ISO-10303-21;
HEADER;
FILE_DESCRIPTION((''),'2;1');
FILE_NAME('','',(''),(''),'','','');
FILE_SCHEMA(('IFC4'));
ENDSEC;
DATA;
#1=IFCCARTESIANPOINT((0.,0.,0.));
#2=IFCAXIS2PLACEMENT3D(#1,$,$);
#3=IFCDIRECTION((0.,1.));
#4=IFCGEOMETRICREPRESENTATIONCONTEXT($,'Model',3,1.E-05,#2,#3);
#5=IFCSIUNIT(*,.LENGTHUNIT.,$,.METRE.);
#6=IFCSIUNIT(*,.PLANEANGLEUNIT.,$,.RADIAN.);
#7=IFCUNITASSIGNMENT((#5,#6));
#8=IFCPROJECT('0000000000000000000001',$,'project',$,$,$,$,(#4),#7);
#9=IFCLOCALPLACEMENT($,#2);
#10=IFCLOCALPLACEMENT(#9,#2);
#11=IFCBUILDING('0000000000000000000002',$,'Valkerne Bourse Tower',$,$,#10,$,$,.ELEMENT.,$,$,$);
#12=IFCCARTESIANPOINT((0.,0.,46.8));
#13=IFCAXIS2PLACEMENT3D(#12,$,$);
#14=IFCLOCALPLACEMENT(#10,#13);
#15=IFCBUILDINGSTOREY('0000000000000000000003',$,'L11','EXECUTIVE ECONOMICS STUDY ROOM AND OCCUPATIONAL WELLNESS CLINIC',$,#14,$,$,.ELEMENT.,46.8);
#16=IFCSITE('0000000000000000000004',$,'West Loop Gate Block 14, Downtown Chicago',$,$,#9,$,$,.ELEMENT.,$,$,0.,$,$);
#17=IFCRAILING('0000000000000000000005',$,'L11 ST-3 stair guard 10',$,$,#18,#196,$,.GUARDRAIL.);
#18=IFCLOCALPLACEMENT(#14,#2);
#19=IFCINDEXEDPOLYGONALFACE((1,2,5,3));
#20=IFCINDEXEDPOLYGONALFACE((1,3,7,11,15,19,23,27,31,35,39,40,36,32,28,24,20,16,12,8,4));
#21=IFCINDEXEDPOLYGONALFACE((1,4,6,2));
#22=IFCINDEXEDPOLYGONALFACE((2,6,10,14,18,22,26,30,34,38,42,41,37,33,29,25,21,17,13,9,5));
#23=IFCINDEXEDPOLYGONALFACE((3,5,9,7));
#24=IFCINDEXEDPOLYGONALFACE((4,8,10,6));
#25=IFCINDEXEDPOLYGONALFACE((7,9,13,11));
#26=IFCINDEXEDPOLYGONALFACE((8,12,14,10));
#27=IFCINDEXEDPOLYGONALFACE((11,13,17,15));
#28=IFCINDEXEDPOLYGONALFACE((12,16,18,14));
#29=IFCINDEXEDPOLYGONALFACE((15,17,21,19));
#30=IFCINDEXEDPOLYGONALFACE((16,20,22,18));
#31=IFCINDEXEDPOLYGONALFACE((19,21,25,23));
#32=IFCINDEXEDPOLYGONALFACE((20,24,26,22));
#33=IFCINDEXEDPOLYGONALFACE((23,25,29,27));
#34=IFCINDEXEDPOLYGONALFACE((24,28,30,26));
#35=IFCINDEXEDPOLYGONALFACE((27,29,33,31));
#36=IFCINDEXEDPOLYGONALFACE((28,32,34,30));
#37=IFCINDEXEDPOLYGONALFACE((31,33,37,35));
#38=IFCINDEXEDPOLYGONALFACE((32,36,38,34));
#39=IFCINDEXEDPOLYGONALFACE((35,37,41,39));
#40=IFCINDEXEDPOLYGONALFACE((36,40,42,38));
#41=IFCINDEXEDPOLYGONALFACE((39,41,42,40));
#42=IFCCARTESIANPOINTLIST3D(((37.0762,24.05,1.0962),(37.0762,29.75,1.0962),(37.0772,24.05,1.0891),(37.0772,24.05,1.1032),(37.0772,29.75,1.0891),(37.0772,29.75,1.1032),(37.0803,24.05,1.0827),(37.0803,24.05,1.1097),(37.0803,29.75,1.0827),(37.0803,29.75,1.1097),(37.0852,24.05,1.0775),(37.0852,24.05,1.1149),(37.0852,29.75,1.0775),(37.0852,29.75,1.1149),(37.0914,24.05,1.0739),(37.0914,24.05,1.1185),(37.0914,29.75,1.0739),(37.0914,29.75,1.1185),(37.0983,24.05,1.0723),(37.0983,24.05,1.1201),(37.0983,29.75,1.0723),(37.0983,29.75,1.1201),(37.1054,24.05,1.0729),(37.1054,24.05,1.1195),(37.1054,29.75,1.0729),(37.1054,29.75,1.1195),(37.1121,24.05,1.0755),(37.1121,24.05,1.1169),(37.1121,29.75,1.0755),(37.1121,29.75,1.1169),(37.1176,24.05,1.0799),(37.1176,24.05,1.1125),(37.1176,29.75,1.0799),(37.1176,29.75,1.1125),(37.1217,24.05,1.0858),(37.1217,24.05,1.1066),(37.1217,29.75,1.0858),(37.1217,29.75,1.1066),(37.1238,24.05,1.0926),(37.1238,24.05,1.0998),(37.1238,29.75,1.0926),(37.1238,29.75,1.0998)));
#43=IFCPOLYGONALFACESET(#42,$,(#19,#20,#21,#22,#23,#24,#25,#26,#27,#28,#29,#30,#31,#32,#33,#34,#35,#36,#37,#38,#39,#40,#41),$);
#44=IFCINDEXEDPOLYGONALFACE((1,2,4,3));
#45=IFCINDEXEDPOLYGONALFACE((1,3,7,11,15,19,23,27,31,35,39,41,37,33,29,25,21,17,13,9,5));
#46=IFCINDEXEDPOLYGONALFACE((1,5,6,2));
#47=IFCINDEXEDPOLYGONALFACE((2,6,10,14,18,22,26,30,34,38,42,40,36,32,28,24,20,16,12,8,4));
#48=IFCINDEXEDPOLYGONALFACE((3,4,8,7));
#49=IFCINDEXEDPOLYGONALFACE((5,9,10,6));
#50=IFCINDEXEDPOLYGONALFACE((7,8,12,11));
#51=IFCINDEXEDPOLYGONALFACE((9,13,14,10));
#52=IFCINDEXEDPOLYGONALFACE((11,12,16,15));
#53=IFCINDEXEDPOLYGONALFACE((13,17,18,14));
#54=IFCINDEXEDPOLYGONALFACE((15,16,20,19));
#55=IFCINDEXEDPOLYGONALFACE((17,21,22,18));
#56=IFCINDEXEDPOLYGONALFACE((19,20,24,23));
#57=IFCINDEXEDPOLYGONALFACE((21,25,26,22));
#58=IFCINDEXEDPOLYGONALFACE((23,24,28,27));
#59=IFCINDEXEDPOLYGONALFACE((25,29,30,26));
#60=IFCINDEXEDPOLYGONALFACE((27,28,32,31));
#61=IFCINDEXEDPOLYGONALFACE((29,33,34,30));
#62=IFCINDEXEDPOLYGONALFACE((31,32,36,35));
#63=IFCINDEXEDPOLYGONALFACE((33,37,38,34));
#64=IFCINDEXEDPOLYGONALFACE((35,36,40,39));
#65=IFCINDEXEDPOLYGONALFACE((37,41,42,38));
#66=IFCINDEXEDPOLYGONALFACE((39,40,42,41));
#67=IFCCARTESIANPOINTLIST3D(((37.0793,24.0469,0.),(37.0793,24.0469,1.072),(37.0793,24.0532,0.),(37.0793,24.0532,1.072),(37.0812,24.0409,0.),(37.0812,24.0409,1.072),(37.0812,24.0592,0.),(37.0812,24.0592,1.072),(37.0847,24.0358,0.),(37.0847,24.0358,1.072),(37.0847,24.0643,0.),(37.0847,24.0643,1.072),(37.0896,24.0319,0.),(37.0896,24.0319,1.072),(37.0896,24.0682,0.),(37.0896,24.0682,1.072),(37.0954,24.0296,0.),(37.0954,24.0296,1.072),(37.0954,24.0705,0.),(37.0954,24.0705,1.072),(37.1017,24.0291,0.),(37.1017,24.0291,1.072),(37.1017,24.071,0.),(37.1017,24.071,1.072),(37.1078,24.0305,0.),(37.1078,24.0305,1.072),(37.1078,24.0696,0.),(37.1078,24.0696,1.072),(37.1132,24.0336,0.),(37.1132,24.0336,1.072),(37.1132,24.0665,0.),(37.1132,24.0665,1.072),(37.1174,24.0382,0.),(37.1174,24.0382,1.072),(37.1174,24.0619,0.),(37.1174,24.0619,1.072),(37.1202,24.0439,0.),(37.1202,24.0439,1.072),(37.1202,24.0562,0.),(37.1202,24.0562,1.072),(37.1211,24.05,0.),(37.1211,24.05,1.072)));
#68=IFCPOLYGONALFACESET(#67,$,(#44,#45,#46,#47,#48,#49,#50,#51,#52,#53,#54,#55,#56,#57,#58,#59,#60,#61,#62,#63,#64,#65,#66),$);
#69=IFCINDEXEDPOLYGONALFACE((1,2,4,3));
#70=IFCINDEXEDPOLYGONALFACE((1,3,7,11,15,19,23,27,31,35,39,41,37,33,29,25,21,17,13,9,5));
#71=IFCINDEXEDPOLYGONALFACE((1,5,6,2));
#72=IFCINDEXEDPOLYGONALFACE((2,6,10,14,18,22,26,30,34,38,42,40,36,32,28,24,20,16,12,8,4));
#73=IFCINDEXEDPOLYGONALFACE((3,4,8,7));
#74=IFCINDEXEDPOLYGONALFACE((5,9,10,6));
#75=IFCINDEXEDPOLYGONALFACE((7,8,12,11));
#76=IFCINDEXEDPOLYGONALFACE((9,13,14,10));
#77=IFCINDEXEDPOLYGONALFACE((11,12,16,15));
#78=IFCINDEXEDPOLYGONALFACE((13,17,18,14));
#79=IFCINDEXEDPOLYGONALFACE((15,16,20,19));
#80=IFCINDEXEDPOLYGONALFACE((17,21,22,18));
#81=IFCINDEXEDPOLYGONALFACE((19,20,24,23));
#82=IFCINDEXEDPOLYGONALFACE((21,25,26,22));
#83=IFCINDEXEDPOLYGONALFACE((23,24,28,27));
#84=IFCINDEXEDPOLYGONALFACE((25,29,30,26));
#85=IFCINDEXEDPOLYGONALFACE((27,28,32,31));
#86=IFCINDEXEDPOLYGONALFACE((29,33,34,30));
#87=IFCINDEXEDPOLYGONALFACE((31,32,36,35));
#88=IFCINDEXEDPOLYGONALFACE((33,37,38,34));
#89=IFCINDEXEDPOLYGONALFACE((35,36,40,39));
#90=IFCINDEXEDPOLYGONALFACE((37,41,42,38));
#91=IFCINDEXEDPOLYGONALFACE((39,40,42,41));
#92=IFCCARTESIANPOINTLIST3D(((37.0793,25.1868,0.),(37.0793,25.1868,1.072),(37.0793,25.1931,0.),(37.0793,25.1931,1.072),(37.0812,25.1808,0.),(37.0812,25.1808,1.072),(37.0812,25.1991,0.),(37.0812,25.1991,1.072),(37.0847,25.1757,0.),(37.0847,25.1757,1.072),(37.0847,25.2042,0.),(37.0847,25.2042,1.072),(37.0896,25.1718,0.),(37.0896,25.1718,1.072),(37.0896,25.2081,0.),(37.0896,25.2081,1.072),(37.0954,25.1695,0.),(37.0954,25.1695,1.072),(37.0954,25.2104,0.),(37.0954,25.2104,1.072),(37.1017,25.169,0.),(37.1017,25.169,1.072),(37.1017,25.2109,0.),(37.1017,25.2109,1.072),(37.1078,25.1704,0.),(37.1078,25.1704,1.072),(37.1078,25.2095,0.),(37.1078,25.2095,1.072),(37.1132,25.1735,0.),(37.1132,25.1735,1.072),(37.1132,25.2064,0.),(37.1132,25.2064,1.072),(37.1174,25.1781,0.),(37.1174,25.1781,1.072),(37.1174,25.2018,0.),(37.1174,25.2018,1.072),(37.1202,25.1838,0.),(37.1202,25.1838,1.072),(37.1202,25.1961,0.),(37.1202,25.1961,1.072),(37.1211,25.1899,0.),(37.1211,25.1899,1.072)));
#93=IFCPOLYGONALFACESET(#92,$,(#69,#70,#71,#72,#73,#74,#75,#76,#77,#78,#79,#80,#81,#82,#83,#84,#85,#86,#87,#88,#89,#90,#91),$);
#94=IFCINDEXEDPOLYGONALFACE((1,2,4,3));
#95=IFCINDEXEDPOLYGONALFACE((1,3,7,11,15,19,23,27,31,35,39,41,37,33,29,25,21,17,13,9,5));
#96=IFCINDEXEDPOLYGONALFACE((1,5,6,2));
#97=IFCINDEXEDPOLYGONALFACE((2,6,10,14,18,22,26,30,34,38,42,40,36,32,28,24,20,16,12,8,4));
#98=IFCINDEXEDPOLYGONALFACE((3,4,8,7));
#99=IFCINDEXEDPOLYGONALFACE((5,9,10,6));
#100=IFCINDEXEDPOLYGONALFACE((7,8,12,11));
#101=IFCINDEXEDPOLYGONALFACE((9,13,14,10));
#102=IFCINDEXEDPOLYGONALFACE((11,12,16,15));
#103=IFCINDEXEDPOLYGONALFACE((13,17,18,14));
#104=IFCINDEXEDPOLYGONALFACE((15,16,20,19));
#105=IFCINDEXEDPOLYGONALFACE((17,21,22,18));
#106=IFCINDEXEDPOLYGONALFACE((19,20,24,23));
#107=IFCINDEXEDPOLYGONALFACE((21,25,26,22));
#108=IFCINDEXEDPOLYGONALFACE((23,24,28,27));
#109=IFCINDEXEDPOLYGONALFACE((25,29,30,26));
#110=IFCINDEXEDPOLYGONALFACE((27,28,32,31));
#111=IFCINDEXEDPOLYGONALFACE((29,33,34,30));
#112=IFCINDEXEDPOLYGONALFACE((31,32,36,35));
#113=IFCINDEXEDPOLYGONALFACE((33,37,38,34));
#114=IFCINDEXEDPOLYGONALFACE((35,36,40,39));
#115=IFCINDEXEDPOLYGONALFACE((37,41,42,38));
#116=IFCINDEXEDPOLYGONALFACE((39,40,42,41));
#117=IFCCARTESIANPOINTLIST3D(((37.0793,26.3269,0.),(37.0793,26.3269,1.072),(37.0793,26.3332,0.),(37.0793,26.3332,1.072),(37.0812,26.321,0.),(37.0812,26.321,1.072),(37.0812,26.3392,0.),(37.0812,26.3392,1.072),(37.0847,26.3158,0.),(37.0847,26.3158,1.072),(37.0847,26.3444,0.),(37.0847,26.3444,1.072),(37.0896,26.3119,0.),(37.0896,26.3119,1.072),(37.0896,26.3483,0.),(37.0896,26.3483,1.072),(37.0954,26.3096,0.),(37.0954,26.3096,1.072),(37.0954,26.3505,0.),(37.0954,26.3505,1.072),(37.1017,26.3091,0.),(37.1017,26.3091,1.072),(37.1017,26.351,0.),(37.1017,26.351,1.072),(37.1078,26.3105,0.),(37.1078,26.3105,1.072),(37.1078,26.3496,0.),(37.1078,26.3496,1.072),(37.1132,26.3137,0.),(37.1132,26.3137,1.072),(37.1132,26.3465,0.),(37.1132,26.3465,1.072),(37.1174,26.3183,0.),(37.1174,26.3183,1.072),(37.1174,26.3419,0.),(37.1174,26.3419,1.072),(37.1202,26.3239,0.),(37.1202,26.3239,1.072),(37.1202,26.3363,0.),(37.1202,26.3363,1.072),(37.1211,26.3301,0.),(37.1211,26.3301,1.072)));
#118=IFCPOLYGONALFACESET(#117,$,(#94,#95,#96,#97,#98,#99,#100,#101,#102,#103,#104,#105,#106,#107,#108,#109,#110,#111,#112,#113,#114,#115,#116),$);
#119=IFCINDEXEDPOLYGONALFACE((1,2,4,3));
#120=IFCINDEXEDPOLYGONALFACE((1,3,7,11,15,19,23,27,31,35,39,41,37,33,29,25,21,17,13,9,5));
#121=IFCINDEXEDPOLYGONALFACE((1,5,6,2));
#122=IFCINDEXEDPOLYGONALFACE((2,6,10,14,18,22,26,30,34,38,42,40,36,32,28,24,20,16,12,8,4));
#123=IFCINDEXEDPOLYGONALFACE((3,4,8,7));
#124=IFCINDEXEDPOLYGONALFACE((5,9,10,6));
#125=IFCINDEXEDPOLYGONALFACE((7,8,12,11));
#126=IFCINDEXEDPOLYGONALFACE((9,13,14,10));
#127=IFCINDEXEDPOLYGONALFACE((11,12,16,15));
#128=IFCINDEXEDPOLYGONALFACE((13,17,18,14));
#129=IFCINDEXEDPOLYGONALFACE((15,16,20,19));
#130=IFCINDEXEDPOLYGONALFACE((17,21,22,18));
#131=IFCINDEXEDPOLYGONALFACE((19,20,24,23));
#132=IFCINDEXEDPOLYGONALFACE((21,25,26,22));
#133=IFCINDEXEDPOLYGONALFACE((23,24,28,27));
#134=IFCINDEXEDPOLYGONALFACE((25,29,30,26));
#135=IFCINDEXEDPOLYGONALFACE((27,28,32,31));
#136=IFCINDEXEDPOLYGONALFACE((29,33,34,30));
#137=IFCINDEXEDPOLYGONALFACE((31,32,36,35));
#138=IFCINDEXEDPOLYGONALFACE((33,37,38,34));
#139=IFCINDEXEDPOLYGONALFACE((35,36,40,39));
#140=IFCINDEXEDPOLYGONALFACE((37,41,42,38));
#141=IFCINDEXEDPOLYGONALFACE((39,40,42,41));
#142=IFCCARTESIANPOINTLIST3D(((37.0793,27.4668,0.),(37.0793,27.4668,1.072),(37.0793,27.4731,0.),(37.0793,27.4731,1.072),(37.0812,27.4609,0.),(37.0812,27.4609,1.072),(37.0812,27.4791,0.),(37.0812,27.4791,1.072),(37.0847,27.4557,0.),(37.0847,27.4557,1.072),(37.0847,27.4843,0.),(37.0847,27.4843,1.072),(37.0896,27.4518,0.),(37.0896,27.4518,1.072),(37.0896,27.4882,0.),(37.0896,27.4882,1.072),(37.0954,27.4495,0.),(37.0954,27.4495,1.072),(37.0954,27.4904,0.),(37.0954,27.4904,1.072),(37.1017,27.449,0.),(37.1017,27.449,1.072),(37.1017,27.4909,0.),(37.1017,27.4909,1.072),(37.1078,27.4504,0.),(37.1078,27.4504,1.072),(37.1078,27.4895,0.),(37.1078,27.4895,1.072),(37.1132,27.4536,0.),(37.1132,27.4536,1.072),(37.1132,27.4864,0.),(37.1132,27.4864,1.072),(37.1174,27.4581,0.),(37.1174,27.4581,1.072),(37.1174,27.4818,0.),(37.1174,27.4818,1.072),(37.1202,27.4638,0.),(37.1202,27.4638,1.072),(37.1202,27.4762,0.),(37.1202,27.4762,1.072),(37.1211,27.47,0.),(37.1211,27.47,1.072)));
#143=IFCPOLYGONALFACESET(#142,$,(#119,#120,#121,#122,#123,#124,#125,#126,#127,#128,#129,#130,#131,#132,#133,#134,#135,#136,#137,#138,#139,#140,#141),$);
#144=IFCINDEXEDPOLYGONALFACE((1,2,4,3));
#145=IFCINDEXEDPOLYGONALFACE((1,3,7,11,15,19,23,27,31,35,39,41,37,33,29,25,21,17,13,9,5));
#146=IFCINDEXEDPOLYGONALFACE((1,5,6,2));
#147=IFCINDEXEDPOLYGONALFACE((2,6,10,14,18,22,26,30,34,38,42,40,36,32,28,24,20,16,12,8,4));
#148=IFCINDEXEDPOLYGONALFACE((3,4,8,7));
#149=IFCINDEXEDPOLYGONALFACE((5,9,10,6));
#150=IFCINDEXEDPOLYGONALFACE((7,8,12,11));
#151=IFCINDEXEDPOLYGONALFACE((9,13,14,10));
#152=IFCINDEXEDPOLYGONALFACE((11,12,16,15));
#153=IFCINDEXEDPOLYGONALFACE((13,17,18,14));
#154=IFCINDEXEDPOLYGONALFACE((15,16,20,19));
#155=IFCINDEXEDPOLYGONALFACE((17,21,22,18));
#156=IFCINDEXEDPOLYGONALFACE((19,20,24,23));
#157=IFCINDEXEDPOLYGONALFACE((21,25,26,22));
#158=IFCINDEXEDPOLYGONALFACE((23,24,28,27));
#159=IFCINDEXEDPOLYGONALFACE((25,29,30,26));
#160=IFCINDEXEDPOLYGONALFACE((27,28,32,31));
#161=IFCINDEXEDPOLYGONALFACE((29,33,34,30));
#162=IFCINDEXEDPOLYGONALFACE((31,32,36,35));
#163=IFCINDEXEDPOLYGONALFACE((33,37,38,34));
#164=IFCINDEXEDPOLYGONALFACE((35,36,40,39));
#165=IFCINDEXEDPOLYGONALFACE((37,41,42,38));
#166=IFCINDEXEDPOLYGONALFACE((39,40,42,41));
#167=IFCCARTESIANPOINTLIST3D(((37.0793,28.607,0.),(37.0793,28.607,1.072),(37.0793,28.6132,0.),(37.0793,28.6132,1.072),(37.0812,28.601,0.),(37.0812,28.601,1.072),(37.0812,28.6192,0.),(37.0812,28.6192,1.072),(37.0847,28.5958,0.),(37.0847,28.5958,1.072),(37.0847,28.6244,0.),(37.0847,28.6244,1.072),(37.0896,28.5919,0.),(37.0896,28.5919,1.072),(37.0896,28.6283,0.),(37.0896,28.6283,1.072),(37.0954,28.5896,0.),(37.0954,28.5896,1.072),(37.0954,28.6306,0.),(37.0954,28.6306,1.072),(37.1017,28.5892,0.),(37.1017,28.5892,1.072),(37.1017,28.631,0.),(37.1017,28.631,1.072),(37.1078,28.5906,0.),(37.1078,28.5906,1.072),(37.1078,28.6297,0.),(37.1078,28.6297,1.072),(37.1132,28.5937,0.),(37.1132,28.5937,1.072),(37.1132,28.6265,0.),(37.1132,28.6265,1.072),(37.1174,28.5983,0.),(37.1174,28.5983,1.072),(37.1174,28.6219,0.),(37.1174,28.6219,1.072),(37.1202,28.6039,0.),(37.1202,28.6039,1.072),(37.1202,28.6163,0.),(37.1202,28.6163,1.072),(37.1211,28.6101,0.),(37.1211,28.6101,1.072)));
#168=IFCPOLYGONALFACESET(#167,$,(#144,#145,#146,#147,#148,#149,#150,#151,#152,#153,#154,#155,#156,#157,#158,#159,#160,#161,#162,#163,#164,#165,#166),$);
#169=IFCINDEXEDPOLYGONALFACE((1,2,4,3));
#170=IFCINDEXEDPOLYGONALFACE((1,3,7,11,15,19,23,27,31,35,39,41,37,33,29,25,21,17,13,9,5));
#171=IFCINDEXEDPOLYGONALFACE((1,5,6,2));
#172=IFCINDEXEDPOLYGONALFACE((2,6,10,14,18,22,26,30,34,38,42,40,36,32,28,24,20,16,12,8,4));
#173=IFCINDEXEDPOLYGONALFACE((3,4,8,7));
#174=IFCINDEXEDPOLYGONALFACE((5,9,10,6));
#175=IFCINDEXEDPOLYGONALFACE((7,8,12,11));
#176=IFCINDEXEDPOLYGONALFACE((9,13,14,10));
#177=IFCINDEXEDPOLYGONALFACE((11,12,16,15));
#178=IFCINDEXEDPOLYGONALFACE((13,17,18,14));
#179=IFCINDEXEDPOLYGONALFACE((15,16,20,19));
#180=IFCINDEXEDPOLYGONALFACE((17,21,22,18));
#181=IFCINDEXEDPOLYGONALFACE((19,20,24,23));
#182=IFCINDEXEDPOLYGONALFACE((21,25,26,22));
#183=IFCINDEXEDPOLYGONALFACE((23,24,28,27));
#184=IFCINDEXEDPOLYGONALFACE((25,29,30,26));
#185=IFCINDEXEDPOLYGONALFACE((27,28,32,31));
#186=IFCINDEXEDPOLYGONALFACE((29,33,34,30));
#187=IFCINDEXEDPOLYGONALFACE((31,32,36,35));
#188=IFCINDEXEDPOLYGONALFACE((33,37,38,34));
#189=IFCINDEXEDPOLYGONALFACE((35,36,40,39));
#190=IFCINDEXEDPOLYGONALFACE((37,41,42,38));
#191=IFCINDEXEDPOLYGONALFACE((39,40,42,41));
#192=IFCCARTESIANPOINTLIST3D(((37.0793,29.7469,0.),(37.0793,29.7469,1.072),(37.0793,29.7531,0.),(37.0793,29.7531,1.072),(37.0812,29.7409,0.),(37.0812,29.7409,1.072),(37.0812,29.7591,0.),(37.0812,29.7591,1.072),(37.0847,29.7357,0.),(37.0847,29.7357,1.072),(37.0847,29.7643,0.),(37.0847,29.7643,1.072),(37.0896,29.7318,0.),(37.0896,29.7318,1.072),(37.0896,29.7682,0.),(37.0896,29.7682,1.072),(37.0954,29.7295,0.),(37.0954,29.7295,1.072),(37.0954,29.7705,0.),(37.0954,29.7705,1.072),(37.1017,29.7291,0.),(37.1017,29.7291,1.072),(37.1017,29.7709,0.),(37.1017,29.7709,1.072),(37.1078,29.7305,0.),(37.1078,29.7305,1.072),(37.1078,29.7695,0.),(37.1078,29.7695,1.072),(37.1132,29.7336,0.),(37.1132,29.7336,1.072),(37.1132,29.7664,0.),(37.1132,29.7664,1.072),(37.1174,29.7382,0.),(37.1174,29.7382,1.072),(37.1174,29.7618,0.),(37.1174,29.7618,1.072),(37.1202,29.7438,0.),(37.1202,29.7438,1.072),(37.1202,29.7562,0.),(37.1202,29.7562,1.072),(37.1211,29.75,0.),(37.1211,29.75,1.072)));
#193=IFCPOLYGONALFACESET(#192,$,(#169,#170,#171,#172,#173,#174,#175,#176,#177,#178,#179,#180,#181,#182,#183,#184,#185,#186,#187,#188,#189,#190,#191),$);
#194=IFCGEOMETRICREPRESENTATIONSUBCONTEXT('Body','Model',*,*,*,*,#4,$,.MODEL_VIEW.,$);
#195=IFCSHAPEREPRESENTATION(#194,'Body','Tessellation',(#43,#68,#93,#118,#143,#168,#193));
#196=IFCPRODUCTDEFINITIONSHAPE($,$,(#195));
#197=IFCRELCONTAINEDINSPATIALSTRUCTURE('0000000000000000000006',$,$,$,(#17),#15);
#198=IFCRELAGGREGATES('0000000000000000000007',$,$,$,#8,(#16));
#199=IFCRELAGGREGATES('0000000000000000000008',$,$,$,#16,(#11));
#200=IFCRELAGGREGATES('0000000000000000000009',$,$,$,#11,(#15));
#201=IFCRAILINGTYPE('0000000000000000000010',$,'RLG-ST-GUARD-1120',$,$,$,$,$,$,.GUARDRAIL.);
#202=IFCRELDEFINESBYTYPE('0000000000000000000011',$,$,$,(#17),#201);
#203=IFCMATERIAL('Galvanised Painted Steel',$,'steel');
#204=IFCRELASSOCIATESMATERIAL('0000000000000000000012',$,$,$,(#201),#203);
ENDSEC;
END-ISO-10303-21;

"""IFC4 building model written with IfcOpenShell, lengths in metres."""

from ifc_helpers import new_model, si_unit, direction, frame, origin, origin_2d, place, context, subcontext, project, spatial, circle, extrude, material, type_object, element, save


model = new_model("IFC4")

# Units and contexts
model_context = context("Model", 3, precision=1e-05, world=origin(), true_north=direction((0.0, 1.0)))
body_context = subcontext(model_context, "Body", "Model", "MODEL_VIEW")
ifc_project = project(units=[si_unit("LENGTHUNIT", "METRE"), si_unit("PLANEANGLEUNIT", "RADIAN")], contexts=[model_context])

# Site, building, storey
site_placement = place(None, origin())
site = spatial("IfcSite", under=ifc_project, at=site_placement, Name="West Loop Gate Block 14, Downtown Chicago", CompositionType="ELEMENT", RefElevation=0.0)
building_placement = place(site_placement, origin())
building = spatial("IfcBuilding", under=site, at=building_placement, Name="Valkerne Bourse Tower", CompositionType="ELEMENT")
storey_placement = place(building_placement, frame((0.0, 0.0, 46.8)))
storey = spatial("IfcBuildingStorey", under=building, at=storey_placement, Name="L11", Description="EXECUTIVE ECONOMICS STUDY ROOM AND OCCUPATIONAL WELLNESS CLINIC", CompositionType="ELEMENT", Elevation=46.8)

# Shared definitions
ifc_material_1 = material(Name="Galvanised Painted Steel", Category="steel")

# Railing
railing_type_1 = type_object("IfcRailingType", Name="RLG-ST-GUARD-1120", PredefinedType="GUARDRAIL", material=ifc_material_1)
for number, where, name in (
    (1, (37.1001, 24.05, 0.0), "L11 ST-3 stair guard 10"),
):
    element("IfcRailing", number, at=place(storey_placement, frame(where)), inside=storey, type_object=railing_type_1, Name=name, PredefinedType="GUARDRAIL", context=body_context, shape_type="SweptSolid", body=[
        extrude(circle(Radius=0.0239, at=origin_2d()), frame((0.0, 0.0, 1.0962), z_axis=(0.0, 1.0, 0.0), x_axis=(-1.0, 0.0, 0.0)), (0.0, 0.0, 1.0), 5.7),
        extrude(circle(Radius=0.021, at=origin_2d()), origin(), (0.0, 0.0, 1.0), 1.072),
        extrude(circle(Radius=0.021, at=origin_2d()), frame((0.0, 1.1399, 0.0)), (0.0, 0.0, 1.0), 1.072),
        extrude(circle(Radius=0.021, at=origin_2d()), frame((0.0, 2.28, 0.0)), (0.0, 0.0, 1.0), 1.072),
        extrude(circle(Radius=0.021, at=origin_2d()), frame((0.0, 3.4199, 0.0)), (0.0, 0.0, 1.0), 1.072),
        extrude(circle(Radius=0.021, at=origin_2d()), frame((0.0, 4.5601, 0.0)), (0.0, 0.0, 1.0), 1.072),
        extrude(circle(Radius=0.021, at=origin_2d()), frame((0.0, 5.7, 0.0)), (0.0, 0.0, 1.0), 1.072),
    ])

save(model, "model.ifc")
